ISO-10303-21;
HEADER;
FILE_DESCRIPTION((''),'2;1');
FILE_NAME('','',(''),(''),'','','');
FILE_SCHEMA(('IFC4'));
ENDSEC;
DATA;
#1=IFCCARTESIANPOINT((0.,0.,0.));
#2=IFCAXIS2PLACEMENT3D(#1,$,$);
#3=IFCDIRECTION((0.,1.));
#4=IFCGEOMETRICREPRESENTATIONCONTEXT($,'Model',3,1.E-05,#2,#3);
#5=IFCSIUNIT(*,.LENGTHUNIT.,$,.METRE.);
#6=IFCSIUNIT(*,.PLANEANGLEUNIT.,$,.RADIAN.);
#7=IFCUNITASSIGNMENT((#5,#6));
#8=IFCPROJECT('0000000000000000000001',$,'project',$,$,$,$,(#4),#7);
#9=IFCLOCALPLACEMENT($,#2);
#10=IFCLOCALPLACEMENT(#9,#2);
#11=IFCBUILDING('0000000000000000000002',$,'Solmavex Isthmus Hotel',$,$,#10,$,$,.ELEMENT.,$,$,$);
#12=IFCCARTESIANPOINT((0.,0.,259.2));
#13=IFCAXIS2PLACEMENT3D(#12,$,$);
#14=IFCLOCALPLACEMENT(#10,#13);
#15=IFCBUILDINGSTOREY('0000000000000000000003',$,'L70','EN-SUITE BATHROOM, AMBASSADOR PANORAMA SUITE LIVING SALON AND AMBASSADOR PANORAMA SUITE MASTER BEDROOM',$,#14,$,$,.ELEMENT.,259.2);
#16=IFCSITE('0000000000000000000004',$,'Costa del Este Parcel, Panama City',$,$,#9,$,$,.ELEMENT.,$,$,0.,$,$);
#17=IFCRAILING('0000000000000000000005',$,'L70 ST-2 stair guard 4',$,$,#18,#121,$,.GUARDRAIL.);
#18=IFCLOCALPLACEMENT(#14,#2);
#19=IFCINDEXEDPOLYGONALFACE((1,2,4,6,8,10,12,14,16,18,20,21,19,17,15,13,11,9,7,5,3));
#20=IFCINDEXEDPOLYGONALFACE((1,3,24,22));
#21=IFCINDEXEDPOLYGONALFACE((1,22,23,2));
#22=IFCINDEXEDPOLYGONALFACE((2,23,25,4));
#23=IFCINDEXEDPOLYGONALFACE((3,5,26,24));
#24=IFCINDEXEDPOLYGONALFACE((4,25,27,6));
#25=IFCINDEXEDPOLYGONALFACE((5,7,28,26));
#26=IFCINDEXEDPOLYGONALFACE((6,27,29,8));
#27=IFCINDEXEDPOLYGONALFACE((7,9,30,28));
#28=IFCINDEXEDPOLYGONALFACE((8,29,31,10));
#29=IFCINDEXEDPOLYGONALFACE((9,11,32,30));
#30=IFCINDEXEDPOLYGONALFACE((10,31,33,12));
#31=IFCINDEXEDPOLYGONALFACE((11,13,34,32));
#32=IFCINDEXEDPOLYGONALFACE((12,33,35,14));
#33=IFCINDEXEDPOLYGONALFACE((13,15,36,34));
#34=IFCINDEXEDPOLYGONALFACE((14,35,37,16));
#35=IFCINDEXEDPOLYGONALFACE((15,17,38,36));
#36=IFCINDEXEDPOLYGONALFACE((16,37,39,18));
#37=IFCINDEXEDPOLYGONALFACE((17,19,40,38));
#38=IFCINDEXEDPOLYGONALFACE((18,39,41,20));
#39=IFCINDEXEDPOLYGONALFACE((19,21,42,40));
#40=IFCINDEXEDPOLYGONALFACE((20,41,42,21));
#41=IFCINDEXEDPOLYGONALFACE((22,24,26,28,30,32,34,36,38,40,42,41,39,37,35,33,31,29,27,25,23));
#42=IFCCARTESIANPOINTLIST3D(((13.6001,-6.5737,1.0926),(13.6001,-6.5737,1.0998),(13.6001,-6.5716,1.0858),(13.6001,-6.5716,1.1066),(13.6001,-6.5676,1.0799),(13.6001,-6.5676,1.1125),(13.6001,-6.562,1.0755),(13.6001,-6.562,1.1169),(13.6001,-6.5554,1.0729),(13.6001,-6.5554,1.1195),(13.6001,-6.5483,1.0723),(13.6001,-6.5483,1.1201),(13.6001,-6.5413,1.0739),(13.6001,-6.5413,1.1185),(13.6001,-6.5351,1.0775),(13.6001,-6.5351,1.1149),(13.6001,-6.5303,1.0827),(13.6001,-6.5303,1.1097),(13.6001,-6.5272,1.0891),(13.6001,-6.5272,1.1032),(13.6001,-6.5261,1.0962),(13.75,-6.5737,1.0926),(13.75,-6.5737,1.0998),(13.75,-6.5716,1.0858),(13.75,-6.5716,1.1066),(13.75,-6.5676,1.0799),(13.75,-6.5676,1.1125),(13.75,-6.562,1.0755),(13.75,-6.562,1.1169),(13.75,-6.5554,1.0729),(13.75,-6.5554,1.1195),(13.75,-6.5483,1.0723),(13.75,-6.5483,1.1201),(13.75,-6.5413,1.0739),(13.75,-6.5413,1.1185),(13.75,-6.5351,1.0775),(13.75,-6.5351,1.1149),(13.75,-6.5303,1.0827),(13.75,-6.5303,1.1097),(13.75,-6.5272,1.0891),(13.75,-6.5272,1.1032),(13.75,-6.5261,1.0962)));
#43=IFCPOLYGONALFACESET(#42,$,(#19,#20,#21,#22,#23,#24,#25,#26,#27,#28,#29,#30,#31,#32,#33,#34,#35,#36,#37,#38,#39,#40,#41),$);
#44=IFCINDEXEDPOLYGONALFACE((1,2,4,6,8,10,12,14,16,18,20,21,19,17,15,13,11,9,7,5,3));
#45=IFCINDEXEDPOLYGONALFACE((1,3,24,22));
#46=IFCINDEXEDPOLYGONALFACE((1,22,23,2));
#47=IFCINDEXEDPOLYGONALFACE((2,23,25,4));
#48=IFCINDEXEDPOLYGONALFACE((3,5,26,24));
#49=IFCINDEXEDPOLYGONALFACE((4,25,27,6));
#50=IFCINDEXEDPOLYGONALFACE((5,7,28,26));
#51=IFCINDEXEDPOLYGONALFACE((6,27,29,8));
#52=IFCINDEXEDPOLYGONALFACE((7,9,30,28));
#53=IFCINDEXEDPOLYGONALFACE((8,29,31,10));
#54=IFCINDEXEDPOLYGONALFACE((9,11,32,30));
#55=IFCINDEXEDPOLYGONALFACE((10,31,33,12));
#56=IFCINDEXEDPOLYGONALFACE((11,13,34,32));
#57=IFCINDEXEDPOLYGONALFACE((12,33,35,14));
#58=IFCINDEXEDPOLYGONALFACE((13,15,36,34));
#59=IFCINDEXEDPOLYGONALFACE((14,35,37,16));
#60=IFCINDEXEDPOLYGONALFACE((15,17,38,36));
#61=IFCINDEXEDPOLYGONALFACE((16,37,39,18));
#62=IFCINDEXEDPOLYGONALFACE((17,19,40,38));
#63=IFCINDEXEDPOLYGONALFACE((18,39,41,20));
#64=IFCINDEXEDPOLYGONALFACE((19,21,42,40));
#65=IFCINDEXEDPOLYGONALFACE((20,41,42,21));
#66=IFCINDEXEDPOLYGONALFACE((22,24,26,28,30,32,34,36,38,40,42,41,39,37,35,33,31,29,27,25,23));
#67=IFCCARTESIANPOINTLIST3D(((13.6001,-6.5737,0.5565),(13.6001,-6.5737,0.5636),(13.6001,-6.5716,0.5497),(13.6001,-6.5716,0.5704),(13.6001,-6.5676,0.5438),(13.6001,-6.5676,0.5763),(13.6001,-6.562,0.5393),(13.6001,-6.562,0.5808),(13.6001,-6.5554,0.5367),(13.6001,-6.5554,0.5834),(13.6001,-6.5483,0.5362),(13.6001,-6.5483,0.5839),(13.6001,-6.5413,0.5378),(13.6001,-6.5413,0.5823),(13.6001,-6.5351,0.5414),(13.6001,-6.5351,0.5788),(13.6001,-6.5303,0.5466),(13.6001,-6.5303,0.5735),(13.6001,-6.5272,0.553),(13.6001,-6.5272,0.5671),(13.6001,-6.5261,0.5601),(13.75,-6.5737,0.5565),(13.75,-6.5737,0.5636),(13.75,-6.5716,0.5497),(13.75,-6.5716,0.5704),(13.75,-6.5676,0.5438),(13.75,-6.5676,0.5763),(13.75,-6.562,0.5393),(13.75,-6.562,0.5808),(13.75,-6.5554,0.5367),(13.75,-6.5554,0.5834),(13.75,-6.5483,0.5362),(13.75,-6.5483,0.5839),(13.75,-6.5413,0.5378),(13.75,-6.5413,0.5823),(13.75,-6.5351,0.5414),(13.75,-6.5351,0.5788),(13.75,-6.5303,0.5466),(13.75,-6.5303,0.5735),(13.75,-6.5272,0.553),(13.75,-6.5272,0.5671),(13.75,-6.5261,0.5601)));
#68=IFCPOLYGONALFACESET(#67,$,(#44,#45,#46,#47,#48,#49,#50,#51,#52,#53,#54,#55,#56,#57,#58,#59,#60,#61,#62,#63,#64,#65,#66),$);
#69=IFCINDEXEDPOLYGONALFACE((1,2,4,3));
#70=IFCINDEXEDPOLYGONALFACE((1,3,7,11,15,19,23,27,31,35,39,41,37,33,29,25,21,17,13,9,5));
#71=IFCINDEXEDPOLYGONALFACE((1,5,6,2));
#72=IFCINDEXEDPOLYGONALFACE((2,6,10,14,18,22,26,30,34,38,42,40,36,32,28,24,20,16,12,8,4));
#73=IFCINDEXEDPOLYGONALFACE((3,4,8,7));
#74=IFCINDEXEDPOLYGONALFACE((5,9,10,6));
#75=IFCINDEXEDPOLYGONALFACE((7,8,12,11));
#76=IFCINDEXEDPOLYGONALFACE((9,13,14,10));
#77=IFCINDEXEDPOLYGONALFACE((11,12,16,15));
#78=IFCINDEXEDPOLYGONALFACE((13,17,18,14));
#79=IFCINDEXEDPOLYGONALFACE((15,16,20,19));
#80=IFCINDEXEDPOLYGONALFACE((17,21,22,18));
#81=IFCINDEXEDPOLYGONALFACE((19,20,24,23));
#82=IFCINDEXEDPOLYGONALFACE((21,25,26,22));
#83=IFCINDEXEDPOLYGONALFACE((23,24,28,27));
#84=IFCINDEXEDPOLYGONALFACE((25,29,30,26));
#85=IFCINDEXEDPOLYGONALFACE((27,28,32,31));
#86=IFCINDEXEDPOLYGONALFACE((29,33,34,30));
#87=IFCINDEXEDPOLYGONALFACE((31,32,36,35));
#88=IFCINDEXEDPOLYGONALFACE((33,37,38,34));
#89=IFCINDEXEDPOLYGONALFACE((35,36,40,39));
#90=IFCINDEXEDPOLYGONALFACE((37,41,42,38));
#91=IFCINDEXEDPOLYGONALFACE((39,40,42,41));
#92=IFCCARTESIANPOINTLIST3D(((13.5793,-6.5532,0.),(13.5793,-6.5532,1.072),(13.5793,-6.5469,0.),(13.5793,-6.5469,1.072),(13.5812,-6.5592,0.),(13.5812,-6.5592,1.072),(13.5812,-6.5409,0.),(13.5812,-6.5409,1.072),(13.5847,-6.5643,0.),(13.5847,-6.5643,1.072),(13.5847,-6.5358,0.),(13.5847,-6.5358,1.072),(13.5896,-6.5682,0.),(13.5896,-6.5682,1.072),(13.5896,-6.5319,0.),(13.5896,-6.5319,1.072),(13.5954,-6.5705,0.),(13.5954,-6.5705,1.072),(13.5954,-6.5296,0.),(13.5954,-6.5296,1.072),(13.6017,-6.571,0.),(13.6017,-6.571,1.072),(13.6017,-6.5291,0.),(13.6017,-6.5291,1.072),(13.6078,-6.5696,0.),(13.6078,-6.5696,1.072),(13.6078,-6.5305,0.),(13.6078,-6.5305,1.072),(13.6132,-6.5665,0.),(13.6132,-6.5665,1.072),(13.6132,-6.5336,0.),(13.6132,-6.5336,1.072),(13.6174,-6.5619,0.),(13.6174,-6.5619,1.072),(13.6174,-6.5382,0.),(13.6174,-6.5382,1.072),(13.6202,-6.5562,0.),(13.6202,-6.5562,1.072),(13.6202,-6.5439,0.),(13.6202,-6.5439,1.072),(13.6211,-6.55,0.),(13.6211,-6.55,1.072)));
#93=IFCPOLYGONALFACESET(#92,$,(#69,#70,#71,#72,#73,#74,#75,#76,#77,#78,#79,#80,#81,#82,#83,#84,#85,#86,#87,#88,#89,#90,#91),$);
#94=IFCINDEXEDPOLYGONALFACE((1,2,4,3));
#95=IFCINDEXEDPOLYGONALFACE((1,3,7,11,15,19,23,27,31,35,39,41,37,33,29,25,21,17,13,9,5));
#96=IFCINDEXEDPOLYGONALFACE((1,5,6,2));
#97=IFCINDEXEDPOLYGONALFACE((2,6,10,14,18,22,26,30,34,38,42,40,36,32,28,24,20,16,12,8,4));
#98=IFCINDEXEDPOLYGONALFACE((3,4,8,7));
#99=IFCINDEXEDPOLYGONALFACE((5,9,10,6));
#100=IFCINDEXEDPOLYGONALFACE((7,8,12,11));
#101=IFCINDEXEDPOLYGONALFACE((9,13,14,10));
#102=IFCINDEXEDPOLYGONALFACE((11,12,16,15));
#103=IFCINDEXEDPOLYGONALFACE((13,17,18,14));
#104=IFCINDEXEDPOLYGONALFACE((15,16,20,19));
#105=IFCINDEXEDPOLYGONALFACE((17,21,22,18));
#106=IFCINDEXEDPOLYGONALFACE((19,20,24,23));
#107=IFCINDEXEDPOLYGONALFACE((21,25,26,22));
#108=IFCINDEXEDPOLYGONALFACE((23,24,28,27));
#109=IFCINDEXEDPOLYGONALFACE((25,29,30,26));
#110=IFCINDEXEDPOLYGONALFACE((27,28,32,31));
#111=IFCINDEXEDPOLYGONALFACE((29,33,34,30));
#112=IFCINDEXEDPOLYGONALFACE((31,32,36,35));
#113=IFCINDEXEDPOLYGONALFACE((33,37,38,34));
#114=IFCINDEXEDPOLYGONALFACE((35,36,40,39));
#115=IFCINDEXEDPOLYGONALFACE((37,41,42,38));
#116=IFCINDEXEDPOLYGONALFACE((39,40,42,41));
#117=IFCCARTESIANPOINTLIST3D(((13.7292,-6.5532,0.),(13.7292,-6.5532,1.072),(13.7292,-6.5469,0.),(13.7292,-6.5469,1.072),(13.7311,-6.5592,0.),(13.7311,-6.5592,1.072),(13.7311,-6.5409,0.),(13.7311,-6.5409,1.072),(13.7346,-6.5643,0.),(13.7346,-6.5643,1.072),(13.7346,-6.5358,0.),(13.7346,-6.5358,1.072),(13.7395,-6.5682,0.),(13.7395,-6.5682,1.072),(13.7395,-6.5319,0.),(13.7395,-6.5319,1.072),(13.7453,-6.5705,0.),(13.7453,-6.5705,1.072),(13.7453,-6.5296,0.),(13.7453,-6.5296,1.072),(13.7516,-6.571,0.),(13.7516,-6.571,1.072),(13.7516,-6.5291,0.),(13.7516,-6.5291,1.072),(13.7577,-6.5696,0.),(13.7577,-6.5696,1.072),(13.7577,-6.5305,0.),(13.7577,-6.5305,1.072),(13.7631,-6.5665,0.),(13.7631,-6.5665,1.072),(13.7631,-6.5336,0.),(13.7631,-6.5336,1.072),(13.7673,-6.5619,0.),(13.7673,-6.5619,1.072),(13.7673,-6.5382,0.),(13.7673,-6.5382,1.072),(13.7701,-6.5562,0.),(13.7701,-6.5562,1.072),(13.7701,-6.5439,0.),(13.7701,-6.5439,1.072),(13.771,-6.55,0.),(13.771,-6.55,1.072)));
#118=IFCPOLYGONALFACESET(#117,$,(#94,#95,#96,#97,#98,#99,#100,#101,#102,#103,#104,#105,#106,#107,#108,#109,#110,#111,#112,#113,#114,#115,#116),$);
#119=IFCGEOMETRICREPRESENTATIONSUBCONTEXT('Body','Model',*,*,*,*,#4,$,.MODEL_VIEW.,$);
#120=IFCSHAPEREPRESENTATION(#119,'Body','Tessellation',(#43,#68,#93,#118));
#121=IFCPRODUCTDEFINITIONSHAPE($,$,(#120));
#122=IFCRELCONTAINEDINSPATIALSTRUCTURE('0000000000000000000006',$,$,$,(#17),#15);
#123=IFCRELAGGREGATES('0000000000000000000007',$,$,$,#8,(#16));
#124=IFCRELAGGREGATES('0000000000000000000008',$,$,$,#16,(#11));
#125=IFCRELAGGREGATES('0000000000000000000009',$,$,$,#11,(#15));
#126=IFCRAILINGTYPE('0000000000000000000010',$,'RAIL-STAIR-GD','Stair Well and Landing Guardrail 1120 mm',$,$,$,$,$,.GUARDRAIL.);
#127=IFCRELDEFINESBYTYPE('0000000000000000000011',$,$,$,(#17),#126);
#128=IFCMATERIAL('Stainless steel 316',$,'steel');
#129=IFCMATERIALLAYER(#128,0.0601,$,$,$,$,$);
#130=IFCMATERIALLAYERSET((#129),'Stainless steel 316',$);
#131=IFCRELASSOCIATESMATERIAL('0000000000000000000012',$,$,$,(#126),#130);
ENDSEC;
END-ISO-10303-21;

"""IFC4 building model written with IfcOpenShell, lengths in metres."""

from ifc_helpers import new_model, si_unit, direction, frame, origin, origin_2d, place, context, subcontext, project, spatial, circle, extrude, material, layer, layer_set, type_object, element, save


model = new_model("IFC4")

# Units and contexts
model_context = context("Model", 3, precision=1e-05, world=origin(), true_north=direction((0.0, 1.0)))
body_context = subcontext(model_context, "Body", "Model", "MODEL_VIEW")
ifc_project = project(units=[si_unit("LENGTHUNIT", "METRE"), si_unit("PLANEANGLEUNIT", "RADIAN")], contexts=[model_context])

# Site, building, storey
site_placement = place(None, origin())
site = spatial("IfcSite", under=ifc_project, at=site_placement, Name="Costa del Este Parcel, Panama City", CompositionType="ELEMENT", RefElevation=0.0)
building_placement = place(site_placement, origin())
building = spatial("IfcBuilding", under=site, at=building_placement, Name="Solmavex Isthmus Hotel", CompositionType="ELEMENT")
storey_placement = place(building_placement, frame((0.0, 0.0, 259.2)))
storey = spatial("IfcBuildingStorey", under=building, at=storey_placement, Name="L70", Description="EN-SUITE BATHROOM, AMBASSADOR PANORAMA SUITE LIVING SALON AND AMBASSADOR PANORAMA SUITE MASTER BEDROOM", CompositionType="ELEMENT", Elevation=259.2)

# Railing
ifc_material_1 = material(Name="Stainless steel 316", Category="steel")
ifc_layer_1 = layer(ifc_material_1, 0.0601)
ifc_layer_set_1 = layer_set([ifc_layer_1], Name="Stainless steel 316")
railing_type_1 = type_object("IfcRailingType", Name="RAIL-STAIR-GD", Description="Stair Well and Landing Guardrail 1120 mm", PredefinedType="GUARDRAIL", material=ifc_layer_set_1)
railing_1_placement = place(storey_placement, frame((13.6001, -6.55, 0.0)))
element("IfcRailing", 1, at=railing_1_placement, inside=storey, type_object=railing_type_1, Name="L70 ST-2 stair guard 4", PredefinedType="GUARDRAIL", context=body_context, shape_type="SweptSolid", body=[
    extrude(circle(Radius=0.0239, at=origin_2d()), frame((0.0, 0.0, 1.0962), z_axis=(1.0, 0.0, 0.0), x_axis=(0.0, 1.0, 0.0)), (0.0, 0.0, 1.0), 0.1499),
    extrude(circle(Radius=0.0239, at=origin_2d()), frame((0.0, 0.0, 0.5601), z_axis=(1.0, 0.0, 0.0), x_axis=(0.0, 1.0, 0.0)), (0.0, 0.0, 1.0), 0.1499),
    extrude(circle(Radius=0.021, at=origin_2d()), origin(), (0.0, 0.0, 1.0), 1.072),
    extrude(circle(Radius=0.021, at=origin_2d()), frame((0.1499, 0.0, 0.0)), (0.0, 0.0, 1.0), 1.072),
])

save(model, "model.ifc")
